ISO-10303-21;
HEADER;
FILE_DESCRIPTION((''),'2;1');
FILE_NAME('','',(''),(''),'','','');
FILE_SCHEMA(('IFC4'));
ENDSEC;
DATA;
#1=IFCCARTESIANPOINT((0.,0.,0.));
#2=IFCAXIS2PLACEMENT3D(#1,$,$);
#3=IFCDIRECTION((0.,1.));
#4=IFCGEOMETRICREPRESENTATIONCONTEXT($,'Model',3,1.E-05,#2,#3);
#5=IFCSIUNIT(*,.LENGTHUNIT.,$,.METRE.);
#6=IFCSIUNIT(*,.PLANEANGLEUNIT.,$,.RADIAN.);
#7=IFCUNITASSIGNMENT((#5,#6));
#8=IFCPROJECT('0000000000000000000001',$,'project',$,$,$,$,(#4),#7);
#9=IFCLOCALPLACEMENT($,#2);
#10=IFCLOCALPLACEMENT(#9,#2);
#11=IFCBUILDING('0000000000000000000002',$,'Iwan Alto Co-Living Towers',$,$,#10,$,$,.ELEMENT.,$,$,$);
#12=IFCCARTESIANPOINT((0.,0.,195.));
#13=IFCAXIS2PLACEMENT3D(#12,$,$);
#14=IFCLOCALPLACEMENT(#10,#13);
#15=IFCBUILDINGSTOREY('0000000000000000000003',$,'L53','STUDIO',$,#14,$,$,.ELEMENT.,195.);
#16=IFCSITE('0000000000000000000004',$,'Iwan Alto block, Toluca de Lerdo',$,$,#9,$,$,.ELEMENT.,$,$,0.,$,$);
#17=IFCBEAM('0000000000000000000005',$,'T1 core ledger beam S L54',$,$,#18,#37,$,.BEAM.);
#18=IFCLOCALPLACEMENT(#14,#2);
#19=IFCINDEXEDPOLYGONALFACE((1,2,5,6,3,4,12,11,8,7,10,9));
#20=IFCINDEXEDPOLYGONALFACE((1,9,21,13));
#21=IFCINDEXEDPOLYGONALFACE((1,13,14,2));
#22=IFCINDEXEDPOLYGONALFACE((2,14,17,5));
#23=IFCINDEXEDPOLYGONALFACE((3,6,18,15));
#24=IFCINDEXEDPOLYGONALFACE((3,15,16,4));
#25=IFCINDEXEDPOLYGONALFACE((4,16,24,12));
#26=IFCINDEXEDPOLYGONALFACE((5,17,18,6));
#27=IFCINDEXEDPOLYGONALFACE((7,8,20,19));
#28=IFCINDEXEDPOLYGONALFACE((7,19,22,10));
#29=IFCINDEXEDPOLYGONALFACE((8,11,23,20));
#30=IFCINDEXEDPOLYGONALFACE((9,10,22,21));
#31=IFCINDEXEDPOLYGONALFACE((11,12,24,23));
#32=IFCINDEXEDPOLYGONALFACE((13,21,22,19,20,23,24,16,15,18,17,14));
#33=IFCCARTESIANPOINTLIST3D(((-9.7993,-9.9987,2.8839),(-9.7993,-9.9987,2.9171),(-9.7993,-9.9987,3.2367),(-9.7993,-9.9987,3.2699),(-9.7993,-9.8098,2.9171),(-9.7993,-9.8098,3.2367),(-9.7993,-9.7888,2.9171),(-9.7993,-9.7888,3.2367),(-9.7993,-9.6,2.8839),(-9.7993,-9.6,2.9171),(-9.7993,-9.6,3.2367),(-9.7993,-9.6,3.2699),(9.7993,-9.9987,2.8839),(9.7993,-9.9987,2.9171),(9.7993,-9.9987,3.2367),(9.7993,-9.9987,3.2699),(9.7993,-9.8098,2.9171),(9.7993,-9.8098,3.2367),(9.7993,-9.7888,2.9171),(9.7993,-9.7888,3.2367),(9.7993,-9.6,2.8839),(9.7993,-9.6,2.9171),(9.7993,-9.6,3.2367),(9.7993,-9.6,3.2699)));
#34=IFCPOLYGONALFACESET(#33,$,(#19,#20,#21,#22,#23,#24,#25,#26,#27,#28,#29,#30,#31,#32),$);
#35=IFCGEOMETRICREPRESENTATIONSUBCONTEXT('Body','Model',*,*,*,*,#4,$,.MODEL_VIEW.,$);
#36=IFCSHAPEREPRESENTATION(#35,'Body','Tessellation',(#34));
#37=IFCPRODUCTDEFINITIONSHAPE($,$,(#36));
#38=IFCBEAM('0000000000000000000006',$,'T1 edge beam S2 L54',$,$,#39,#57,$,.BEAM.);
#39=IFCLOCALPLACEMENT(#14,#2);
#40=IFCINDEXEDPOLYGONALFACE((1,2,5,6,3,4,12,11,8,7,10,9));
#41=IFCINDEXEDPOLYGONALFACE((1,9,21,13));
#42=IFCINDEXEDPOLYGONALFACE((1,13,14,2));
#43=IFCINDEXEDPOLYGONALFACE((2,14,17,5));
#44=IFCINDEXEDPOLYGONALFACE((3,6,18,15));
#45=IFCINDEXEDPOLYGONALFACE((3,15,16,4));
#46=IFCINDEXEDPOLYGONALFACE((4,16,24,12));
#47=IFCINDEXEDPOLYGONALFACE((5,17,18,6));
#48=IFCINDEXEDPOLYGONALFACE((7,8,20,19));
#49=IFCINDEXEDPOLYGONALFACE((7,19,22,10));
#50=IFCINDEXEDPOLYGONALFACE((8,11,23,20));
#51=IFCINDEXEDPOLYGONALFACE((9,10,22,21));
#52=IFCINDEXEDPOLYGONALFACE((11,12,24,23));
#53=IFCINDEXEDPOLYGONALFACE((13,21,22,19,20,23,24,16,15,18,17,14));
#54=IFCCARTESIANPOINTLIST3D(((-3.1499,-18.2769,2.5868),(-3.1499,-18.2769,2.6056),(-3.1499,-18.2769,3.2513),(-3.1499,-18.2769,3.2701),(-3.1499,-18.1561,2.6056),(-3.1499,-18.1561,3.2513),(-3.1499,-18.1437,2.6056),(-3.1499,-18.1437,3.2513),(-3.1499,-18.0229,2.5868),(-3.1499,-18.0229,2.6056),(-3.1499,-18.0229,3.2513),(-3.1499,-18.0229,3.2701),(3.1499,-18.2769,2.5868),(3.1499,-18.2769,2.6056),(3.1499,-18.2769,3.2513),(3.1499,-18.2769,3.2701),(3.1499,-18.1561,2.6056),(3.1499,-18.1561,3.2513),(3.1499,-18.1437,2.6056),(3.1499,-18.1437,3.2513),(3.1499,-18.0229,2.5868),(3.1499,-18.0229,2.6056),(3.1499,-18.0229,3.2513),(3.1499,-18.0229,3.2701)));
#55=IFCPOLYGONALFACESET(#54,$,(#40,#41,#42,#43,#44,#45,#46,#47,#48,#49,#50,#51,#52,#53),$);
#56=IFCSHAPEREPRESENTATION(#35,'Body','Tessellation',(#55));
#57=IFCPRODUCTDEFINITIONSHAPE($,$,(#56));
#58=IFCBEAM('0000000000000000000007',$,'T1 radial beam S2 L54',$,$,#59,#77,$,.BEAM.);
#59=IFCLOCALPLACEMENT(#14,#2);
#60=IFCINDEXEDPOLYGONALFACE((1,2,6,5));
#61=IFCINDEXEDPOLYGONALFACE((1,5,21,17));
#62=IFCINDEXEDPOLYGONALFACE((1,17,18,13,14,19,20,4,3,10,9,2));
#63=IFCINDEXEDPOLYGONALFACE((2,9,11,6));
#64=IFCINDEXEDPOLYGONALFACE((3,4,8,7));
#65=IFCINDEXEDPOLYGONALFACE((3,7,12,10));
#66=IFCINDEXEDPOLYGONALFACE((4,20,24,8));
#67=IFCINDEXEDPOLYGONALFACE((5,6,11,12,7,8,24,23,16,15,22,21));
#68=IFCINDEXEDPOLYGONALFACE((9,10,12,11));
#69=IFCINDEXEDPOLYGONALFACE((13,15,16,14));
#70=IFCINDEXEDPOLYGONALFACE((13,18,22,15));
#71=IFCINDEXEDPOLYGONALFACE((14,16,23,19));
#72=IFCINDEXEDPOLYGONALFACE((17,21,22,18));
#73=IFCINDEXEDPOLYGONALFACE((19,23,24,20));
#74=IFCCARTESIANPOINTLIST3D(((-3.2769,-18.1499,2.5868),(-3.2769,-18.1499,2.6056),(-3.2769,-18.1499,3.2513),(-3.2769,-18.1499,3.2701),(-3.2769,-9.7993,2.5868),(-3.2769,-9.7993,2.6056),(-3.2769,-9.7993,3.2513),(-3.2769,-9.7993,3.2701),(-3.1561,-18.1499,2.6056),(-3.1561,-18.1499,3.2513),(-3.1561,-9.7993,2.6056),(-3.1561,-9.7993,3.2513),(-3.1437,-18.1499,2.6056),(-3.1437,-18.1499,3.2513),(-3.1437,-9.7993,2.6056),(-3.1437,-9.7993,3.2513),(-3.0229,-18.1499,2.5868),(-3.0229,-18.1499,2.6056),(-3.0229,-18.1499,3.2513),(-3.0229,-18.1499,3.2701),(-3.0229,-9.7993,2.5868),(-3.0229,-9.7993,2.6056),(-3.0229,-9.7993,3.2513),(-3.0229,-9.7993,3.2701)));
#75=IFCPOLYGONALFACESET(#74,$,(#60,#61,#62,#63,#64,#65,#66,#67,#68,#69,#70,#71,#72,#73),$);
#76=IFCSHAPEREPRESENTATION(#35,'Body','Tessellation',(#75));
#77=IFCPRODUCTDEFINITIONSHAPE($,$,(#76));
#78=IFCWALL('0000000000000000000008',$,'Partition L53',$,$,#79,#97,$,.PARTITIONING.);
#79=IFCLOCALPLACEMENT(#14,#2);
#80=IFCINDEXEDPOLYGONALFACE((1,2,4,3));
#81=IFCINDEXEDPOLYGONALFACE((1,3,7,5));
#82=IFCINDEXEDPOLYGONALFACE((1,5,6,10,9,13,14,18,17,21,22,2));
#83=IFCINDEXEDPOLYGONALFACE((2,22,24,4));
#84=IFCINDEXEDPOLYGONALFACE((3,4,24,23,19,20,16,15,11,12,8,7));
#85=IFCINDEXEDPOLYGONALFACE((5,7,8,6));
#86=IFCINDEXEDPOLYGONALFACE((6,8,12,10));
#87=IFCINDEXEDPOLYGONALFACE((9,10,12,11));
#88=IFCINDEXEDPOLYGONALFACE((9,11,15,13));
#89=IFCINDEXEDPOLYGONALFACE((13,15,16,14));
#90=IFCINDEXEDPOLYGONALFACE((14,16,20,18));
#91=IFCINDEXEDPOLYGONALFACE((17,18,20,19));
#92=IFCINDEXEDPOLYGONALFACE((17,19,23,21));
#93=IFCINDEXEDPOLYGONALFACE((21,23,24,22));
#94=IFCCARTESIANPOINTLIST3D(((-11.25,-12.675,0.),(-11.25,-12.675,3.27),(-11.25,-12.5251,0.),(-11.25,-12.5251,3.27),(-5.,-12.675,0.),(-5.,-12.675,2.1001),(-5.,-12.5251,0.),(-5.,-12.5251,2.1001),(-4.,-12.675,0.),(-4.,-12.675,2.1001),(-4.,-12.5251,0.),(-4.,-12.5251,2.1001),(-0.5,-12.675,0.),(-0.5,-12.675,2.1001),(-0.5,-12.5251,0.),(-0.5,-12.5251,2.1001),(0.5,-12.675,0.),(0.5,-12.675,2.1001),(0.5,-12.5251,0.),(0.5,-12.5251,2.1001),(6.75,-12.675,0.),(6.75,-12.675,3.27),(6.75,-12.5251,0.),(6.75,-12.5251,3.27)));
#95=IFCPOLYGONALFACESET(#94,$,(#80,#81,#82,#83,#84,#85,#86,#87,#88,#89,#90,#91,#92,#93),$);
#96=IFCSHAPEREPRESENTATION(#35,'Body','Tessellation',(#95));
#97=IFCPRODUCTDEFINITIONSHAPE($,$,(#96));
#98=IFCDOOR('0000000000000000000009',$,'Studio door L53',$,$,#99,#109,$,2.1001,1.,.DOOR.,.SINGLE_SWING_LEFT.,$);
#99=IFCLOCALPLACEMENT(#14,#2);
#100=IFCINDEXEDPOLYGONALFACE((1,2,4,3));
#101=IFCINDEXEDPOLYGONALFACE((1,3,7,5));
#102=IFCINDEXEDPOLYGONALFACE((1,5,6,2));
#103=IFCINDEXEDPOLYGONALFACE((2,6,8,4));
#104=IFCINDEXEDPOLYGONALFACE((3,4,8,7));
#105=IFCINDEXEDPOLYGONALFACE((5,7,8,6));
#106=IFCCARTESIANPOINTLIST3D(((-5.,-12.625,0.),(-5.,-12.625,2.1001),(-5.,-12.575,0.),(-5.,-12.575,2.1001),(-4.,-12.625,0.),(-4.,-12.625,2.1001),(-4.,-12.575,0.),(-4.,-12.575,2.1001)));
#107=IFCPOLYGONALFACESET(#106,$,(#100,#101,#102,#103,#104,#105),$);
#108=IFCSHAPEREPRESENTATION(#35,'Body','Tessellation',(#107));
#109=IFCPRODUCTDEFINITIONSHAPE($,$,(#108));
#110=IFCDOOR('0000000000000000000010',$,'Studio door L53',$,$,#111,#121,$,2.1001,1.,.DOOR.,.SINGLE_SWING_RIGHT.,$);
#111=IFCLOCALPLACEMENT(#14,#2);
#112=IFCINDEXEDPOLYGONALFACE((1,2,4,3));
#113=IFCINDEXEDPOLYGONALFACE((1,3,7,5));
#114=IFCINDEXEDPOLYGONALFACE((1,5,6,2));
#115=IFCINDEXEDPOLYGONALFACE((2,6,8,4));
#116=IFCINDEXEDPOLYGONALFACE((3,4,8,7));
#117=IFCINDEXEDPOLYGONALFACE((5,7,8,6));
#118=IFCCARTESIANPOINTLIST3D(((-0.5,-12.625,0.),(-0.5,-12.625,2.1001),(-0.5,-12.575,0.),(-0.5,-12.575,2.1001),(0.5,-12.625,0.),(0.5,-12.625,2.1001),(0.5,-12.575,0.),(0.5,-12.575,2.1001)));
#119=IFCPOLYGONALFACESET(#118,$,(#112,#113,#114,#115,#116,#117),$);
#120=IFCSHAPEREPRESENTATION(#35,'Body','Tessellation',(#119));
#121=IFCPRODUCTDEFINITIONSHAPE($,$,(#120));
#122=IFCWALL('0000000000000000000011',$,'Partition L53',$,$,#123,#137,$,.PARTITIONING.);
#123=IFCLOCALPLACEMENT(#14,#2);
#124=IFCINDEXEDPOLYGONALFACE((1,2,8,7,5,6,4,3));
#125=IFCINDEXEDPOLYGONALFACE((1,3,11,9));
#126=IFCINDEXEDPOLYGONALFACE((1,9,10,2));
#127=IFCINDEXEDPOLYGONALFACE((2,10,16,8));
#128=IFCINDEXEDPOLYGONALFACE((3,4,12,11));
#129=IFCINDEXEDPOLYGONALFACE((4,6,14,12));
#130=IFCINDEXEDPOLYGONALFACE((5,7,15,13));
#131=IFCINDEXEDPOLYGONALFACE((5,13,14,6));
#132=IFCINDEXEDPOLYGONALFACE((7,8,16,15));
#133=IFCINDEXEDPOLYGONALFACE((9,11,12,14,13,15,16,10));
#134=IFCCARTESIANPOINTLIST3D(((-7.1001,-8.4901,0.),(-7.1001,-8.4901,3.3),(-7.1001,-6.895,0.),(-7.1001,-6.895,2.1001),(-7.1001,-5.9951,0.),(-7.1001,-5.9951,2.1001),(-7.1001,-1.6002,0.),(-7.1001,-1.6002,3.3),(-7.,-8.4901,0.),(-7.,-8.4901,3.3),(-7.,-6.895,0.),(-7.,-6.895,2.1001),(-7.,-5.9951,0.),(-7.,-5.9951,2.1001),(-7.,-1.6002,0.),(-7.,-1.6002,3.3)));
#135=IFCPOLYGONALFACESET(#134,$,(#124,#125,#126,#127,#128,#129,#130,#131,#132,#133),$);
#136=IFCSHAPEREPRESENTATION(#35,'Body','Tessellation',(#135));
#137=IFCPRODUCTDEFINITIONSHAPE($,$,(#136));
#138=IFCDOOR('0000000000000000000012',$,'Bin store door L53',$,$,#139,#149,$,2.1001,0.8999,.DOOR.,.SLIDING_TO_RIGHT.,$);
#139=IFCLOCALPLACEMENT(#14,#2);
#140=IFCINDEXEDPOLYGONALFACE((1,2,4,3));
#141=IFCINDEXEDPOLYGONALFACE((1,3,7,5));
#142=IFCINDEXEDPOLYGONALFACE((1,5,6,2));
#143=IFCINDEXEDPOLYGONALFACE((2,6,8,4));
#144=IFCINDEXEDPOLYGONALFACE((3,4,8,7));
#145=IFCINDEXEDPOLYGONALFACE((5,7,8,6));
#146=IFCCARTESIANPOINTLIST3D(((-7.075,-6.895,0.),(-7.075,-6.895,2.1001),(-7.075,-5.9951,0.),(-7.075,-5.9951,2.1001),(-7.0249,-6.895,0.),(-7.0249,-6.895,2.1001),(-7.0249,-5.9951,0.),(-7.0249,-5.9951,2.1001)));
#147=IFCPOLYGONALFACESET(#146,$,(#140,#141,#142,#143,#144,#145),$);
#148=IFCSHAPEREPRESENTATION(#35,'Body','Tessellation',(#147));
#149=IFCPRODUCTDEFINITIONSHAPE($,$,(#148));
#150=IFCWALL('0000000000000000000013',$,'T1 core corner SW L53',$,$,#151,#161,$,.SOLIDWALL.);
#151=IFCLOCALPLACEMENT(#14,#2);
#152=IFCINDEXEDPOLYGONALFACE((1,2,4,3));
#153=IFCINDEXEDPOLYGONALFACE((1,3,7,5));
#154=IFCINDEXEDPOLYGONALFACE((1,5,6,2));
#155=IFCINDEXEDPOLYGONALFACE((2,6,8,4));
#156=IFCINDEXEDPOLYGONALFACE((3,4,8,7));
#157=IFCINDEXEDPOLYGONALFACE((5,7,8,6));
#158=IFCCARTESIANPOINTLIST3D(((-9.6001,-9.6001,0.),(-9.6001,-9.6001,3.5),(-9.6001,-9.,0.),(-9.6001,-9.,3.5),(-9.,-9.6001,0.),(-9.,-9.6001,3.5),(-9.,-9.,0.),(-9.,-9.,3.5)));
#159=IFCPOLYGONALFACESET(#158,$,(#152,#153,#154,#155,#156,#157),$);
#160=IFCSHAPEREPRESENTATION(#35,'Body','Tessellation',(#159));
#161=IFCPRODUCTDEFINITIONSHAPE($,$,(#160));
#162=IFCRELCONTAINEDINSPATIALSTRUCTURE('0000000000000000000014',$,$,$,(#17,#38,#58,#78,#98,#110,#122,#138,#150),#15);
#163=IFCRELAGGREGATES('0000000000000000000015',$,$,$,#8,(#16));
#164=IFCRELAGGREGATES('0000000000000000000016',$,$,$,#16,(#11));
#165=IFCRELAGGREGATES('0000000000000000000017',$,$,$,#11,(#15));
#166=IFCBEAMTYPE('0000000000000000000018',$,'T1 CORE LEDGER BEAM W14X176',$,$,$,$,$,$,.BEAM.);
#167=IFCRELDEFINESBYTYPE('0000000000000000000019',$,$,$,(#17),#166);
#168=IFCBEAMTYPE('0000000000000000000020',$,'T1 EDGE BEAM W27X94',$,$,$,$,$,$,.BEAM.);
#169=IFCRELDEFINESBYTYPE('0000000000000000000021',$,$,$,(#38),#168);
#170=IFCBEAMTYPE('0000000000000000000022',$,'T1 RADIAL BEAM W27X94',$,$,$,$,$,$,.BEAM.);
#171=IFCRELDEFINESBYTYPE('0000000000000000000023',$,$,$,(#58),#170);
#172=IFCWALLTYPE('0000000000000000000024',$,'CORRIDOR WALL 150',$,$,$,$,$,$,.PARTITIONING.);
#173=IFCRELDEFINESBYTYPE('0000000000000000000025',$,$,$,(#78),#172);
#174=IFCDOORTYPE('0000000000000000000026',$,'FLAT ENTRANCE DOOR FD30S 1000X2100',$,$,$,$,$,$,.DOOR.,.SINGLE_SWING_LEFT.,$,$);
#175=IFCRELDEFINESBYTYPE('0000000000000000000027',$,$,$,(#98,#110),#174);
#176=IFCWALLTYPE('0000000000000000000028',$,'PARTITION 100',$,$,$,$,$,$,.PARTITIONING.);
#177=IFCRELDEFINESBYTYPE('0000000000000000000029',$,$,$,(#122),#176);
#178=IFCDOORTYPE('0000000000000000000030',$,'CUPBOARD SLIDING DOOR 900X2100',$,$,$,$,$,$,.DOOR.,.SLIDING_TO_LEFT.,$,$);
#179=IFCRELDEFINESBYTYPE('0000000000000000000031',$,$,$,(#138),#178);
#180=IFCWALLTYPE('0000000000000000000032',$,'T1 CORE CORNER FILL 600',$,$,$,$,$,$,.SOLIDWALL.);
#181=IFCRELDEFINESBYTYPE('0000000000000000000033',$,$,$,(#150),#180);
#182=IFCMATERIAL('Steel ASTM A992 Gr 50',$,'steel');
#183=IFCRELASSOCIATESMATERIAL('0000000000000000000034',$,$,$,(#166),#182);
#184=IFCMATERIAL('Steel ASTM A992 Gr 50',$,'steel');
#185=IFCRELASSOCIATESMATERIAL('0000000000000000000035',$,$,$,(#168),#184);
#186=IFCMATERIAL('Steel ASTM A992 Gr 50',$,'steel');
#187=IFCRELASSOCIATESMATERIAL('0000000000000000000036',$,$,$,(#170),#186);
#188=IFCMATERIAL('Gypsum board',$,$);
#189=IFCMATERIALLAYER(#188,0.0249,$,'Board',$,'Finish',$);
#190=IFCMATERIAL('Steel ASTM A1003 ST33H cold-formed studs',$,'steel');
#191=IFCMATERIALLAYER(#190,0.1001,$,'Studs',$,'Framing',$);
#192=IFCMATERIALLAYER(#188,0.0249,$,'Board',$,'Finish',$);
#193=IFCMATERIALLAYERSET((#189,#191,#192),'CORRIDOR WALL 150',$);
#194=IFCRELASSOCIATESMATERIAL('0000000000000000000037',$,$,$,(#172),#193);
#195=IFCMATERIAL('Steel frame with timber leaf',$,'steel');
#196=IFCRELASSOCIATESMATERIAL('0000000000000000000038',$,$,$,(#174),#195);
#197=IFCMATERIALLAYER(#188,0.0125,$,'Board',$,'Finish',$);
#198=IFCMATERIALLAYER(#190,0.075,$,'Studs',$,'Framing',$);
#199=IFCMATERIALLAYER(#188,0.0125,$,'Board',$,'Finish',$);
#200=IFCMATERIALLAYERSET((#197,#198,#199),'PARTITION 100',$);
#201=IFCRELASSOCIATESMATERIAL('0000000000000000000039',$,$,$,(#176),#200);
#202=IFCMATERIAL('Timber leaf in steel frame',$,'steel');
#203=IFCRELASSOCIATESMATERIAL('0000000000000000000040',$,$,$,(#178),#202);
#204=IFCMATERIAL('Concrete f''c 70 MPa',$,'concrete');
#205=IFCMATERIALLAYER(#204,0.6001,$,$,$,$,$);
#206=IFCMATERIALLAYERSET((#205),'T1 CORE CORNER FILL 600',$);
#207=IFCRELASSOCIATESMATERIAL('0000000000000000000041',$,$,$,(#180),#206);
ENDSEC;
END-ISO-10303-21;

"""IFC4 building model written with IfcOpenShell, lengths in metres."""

from ifc_helpers import new_model, si_unit, direction, frame, frame_2d, origin, origin_2d, place, context, subcontext, project, spatial, rectangle, i_section, extrude, material, layer, layer_set, material_profile, profile_set, type_object, element, fill, save


model = new_model("IFC4")

# Units and contexts
model_context = context("Model", 3, precision=1e-05, world=origin(), true_north=direction((0.0, 1.0)))
body_context = subcontext(model_context, "Body", "Model", "MODEL_VIEW")
ifc_project = project(units=[si_unit("LENGTHUNIT", "METRE"), si_unit("PLANEANGLEUNIT", "RADIAN")], contexts=[model_context])

# Site, building, storey
site_placement = place(None, origin())
site = spatial("IfcSite", under=ifc_project, at=site_placement, Name="Iwan Alto block, Toluca de Lerdo", CompositionType="ELEMENT", RefElevation=0.0)
building_placement = place(site_placement, origin())
building = spatial("IfcBuilding", under=site, at=building_placement, Name="Iwan Alto Co-Living Towers", CompositionType="ELEMENT")
storey_placement = place(building_placement, frame((0.0, 0.0, 195.0)))
storey = spatial("IfcBuildingStorey", under=building, at=storey_placement, Name="L53", Description="STUDIO", CompositionType="ELEMENT", Elevation=195.0)

# Beams
ifc_material_1 = material(Name="Steel ASTM A992 Gr 50", Category="steel")
ifc_material_profile_1 = material_profile(ifc_material_1, i_section(OverallWidth=0.3987, OverallDepth=0.386, WebThickness=0.021, FlangeThickness=0.0332, at=origin_2d()), Name="W14X176")
ifc_profile_set_1 = profile_set([ifc_material_profile_1], Name="Steel ASTM A992 Gr 50")
beam_type_1 = type_object("IfcBeamType", Name="T1 CORE LEDGER BEAM W14X176", PredefinedType="BEAM", material=ifc_profile_set_1)
beam_1_placement = place(storey_placement, frame((-9.7993, -9.7993, 3.0769), z_axis=(1.0, 0.0, 0.0), x_axis=(0.0, 1.0, 0.0)))
element("IfcBeam", 1, at=beam_1_placement, inside=storey, type_object=beam_type_1, Name="T1 core ledger beam S L54", PredefinedType="BEAM", context=body_context, shape_type="SweptSolid", body=[
    extrude(i_section(OverallWidth=0.3987, OverallDepth=0.386, WebThickness=0.021, FlangeThickness=0.0332, at=origin_2d()), origin(), (0.0, 0.0, 1.0), 19.5986),
])
ifc_material_2 = material(Name="Steel ASTM A992 Gr 50", Category="steel")
ifc_material_profile_2 = material_profile(ifc_material_2, i_section(OverallWidth=0.2539, OverallDepth=0.6833, WebThickness=0.0125, FlangeThickness=0.0188, at=origin_2d()), Name="W27X94")
ifc_profile_set_2 = profile_set([ifc_material_profile_2], Name="Steel ASTM A992 Gr 50")
beam_type_2 = type_object("IfcBeamType", Name="T1 EDGE BEAM W27X94", PredefinedType="BEAM", material=ifc_profile_set_2)
beam_2_placement = place(storey_placement, frame((-3.1499, -18.1499, 2.9285), z_axis=(1.0, 0.0, 0.0), x_axis=(0.0, 1.0, 0.0)))
element("IfcBeam", 2, at=beam_2_placement, inside=storey, type_object=beam_type_2, Name="T1 edge beam S2 L54", PredefinedType="BEAM", context=body_context, shape_type="SweptSolid", body=[
    extrude(i_section(OverallWidth=0.2539, OverallDepth=0.6833, WebThickness=0.0125, FlangeThickness=0.0188, at=origin_2d()), origin(), (0.0, 0.0, 1.0), 6.2998),
])
ifc_material_3 = material(Name="Steel ASTM A992 Gr 50", Category="steel")
ifc_material_profile_3 = material_profile(ifc_material_3, i_section(OverallWidth=0.2539, OverallDepth=0.6833, WebThickness=0.0125, FlangeThickness=0.0188, at=origin_2d()), Name="W27X94")
ifc_profile_set_3 = profile_set([ifc_material_profile_3], Name="Steel ASTM A992 Gr 50")
beam_type_3 = type_object("IfcBeamType", Name="T1 RADIAL BEAM W27X94", PredefinedType="BEAM", material=ifc_profile_set_3)
beam_3_placement = place(storey_placement, frame((-3.1499, -18.1499, 2.9285), z_axis=(0.0, 1.0, 0.0), x_axis=(-1.0, 0.0, 0.0)))
element("IfcBeam", 3, at=beam_3_placement, inside=storey, type_object=beam_type_3, Name="T1 radial beam S2 L54", PredefinedType="BEAM", context=body_context, shape_type="SweptSolid", body=[
    extrude(i_section(OverallWidth=0.2539, OverallDepth=0.6833, WebThickness=0.0125, FlangeThickness=0.0188, at=origin_2d()), origin(), (0.0, 0.0, 1.0), 8.3506),
])

# Wall, openings, doors
ifc_material_4 = material(Name="Gypsum board")
ifc_layer_1 = layer(ifc_material_4, 0.0249, Name="Board", Category="Finish")
ifc_material_5 = material(Name="Steel ASTM A1003 ST33H cold-formed studs", Category="steel")
ifc_layer_2 = layer(ifc_material_5, 0.1001, Name="Studs", Category="Framing")
ifc_layer_3 = layer(ifc_material_4, 0.0249, Name="Board", Category="Finish")
ifc_layer_set_1 = layer_set([ifc_layer_1, ifc_layer_2, ifc_layer_3], Name="CORRIDOR WALL 150")
wall_type_1 = type_object("IfcWallType", Name="CORRIDOR WALL 150", PredefinedType="PARTITIONING", material=ifc_layer_set_1)
wall_1_placement = place(storey_placement, frame((-11.25, -12.6001, 0.0), z_axis=(0.0, 0.0, 1.0), x_axis=(1.0, 0.0, 0.0)))
wall_1 = element("IfcWall", 4, at=wall_1_placement, inside=storey, type_object=wall_type_1, Name="Partition L53", PredefinedType="PARTITIONING", context=body_context, shape_type="SweptSolid", body=[
    extrude(rectangle(XDim=18.0, YDim=0.1499, at=frame_2d((9.0, 0.0))), origin(), (0.0, 0.0, 1.0), 3.27),
])
opening_1_placement = place(wall_1_placement, frame((6.25, 0.0, 0.0)))
opening_1 = element("IfcOpeningElement", 5, at=opening_1_placement, cuts=wall_1, PredefinedType="OPENING", context=body_context, shape_type="SweptSolid", body=[
    extrude(rectangle(XDim=1.0, YDim=2.1001, at=frame_2d((0.5, 1.05))), frame((0.0, 0.085, 0.0), z_axis=(0.0, -1.0, 0.0), x_axis=(1.0, 0.0, 0.0)), (0.0, 0.0, 1.0), 0.1699),
])
opening_2_placement = place(wall_1_placement, frame((10.75, 0.0, 0.0)))
opening_2 = element("IfcOpeningElement", 6, at=opening_2_placement, cuts=wall_1, PredefinedType="OPENING", context=body_context, shape_type="SweptSolid", body=[
    extrude(rectangle(XDim=1.0, YDim=2.1001, at=frame_2d((0.5, 1.05))), frame((0.0, 0.085, 0.0), z_axis=(0.0, -1.0, 0.0), x_axis=(1.0, 0.0, 0.0)), (0.0, 0.0, 1.0), 0.1699),
])
ifc_material_6 = material(Name="Steel frame with timber leaf", Category="steel")
door_type_1 = type_object("IfcDoorType", Name="FLAT ENTRANCE DOOR FD30S 1000X2100", OperationType="SINGLE_SWING_LEFT", PredefinedType="DOOR", material=ifc_material_6)
door_1_placement = place(opening_1_placement, frame((1.0, 0.0, 0.0), z_axis=(0.0, 0.0, 1.0), x_axis=(-1.0, 0.0, 0.0)))
door_1 = element("IfcDoor", 7, at=door_1_placement, inside=storey, type_object=door_type_1, Name="Studio door L53", OperationType="SINGLE_SWING_LEFT", OverallHeight=2.1001, OverallWidth=1.0, PredefinedType="DOOR", context=body_context, shape_type="SweptSolid", body=[
    extrude(rectangle(XDim=1.0, YDim=2.1001, at=frame_2d((0.5, 1.05))), frame((0.0, 0.0249, 0.0), z_axis=(0.0, -1.0, 0.0), x_axis=(1.0, 0.0, 0.0)), (0.0, 0.0, 1.0), 0.05),
])
fill(opening_1, door_1)
door_2_placement = place(opening_2_placement, frame((1.0, 0.0, 0.0), z_axis=(0.0, 0.0, 1.0), x_axis=(-1.0, 0.0, 0.0)))
door_2 = element("IfcDoor", 8, at=door_2_placement, inside=storey, type_object=door_type_1, Name="Studio door L53", OperationType="SINGLE_SWING_RIGHT", OverallHeight=2.1001, OverallWidth=1.0, PredefinedType="DOOR", context=body_context, shape_type="SweptSolid", body=[
    extrude(rectangle(XDim=1.0, YDim=2.1001, at=frame_2d((0.5, 1.05))), frame((0.0, 0.0249, 0.0), z_axis=(0.0, -1.0, 0.0), x_axis=(1.0, 0.0, 0.0)), (0.0, 0.0, 1.0), 0.05),
])
fill(opening_2, door_2)

# Wall, opening, door
ifc_layer_4 = layer(ifc_material_4, 0.0125, Name="Board", Category="Finish")
ifc_layer_5 = layer(ifc_material_5, 0.075, Name="Studs", Category="Framing")
ifc_layer_6 = layer(ifc_material_4, 0.0125, Name="Board", Category="Finish")
ifc_layer_set_2 = layer_set([ifc_layer_4, ifc_layer_5, ifc_layer_6], Name="PARTITION 100")
wall_type_2 = type_object("IfcWallType", Name="PARTITION 100", PredefinedType="PARTITIONING", material=ifc_layer_set_2)
wall_2_placement = place(storey_placement, frame((-7.05, -8.49, 0.0), z_axis=(0.0, 0.0, 1.0), x_axis=(0.0, 1.0, 0.0)))
wall_2 = element("IfcWall", 9, at=wall_2_placement, inside=storey, type_object=wall_type_2, Name="Partition L53", PredefinedType="PARTITIONING", context=body_context, shape_type="SweptSolid", body=[
    extrude(rectangle(XDim=6.8899, YDim=0.1001, at=frame_2d((3.4448, 0.0))), origin(), (0.0, 0.0, 1.0), 3.3),
])
opening_3_placement = place(wall_2_placement, frame((1.595, 0.0, 0.0)))
opening_3 = element("IfcOpeningElement", 10, at=opening_3_placement, cuts=wall_2, PredefinedType="OPENING", context=body_context, shape_type="SweptSolid", body=[
    extrude(rectangle(XDim=0.8999, YDim=2.1001, at=frame_2d((0.45, 1.05))), frame((0.0, 0.0601, 0.0), z_axis=(0.0, -1.0, 0.0), x_axis=(1.0, 0.0, 0.0)), (0.0, 0.0, 1.0), 0.1201),
])
ifc_material_7 = material(Name="Timber leaf in steel frame", Category="steel")
door_type_2 = type_object("IfcDoorType", Name="CUPBOARD SLIDING DOOR 900X2100", OperationType="SLIDING_TO_LEFT", PredefinedType="DOOR", material=ifc_material_7)
door_3_placement = place(opening_3_placement, origin())
door_3 = element("IfcDoor", 11, at=door_3_placement, inside=storey, type_object=door_type_2, Name="Bin store door L53", OperationType="SLIDING_TO_RIGHT", OverallHeight=2.1001, OverallWidth=0.8999, PredefinedType="DOOR", context=body_context, shape_type="SweptSolid", body=[
    extrude(rectangle(XDim=0.8999, YDim=2.1001, at=frame_2d((0.45, 1.05))), frame((0.0, 0.0249, 0.0), z_axis=(0.0, -1.0, 0.0), x_axis=(1.0, 0.0, 0.0)), (0.0, 0.0, 1.0), 0.05),
])
fill(opening_3, door_3)

# Wall
ifc_material_8 = material(Name="Concrete f'c 70 MPa", Category="concrete")
ifc_layer_7 = layer(ifc_material_8, 0.6001)
ifc_layer_set_3 = layer_set([ifc_layer_7], Name="T1 CORE CORNER FILL 600")
wall_type_3 = type_object("IfcWallType", Name="T1 CORE CORNER FILL 600", PredefinedType="SOLIDWALL", material=ifc_layer_set_3)
wall_3_placement = place(storey_placement, frame((-9.6001, -9.3, 0.0), z_axis=(0.0, 0.0, 1.0), x_axis=(1.0, 0.0, 0.0)))
element("IfcWall", 12, at=wall_3_placement, inside=storey, type_object=wall_type_3, Name="T1 core corner SW L53", PredefinedType="SOLIDWALL", context=body_context, shape_type="SweptSolid", body=[
    extrude(rectangle(XDim=0.6001, YDim=0.6001, at=frame_2d((0.3, 0.0))), origin(), (0.0, 0.0, 1.0), 3.5),
])

save(model, "model.ifc")
